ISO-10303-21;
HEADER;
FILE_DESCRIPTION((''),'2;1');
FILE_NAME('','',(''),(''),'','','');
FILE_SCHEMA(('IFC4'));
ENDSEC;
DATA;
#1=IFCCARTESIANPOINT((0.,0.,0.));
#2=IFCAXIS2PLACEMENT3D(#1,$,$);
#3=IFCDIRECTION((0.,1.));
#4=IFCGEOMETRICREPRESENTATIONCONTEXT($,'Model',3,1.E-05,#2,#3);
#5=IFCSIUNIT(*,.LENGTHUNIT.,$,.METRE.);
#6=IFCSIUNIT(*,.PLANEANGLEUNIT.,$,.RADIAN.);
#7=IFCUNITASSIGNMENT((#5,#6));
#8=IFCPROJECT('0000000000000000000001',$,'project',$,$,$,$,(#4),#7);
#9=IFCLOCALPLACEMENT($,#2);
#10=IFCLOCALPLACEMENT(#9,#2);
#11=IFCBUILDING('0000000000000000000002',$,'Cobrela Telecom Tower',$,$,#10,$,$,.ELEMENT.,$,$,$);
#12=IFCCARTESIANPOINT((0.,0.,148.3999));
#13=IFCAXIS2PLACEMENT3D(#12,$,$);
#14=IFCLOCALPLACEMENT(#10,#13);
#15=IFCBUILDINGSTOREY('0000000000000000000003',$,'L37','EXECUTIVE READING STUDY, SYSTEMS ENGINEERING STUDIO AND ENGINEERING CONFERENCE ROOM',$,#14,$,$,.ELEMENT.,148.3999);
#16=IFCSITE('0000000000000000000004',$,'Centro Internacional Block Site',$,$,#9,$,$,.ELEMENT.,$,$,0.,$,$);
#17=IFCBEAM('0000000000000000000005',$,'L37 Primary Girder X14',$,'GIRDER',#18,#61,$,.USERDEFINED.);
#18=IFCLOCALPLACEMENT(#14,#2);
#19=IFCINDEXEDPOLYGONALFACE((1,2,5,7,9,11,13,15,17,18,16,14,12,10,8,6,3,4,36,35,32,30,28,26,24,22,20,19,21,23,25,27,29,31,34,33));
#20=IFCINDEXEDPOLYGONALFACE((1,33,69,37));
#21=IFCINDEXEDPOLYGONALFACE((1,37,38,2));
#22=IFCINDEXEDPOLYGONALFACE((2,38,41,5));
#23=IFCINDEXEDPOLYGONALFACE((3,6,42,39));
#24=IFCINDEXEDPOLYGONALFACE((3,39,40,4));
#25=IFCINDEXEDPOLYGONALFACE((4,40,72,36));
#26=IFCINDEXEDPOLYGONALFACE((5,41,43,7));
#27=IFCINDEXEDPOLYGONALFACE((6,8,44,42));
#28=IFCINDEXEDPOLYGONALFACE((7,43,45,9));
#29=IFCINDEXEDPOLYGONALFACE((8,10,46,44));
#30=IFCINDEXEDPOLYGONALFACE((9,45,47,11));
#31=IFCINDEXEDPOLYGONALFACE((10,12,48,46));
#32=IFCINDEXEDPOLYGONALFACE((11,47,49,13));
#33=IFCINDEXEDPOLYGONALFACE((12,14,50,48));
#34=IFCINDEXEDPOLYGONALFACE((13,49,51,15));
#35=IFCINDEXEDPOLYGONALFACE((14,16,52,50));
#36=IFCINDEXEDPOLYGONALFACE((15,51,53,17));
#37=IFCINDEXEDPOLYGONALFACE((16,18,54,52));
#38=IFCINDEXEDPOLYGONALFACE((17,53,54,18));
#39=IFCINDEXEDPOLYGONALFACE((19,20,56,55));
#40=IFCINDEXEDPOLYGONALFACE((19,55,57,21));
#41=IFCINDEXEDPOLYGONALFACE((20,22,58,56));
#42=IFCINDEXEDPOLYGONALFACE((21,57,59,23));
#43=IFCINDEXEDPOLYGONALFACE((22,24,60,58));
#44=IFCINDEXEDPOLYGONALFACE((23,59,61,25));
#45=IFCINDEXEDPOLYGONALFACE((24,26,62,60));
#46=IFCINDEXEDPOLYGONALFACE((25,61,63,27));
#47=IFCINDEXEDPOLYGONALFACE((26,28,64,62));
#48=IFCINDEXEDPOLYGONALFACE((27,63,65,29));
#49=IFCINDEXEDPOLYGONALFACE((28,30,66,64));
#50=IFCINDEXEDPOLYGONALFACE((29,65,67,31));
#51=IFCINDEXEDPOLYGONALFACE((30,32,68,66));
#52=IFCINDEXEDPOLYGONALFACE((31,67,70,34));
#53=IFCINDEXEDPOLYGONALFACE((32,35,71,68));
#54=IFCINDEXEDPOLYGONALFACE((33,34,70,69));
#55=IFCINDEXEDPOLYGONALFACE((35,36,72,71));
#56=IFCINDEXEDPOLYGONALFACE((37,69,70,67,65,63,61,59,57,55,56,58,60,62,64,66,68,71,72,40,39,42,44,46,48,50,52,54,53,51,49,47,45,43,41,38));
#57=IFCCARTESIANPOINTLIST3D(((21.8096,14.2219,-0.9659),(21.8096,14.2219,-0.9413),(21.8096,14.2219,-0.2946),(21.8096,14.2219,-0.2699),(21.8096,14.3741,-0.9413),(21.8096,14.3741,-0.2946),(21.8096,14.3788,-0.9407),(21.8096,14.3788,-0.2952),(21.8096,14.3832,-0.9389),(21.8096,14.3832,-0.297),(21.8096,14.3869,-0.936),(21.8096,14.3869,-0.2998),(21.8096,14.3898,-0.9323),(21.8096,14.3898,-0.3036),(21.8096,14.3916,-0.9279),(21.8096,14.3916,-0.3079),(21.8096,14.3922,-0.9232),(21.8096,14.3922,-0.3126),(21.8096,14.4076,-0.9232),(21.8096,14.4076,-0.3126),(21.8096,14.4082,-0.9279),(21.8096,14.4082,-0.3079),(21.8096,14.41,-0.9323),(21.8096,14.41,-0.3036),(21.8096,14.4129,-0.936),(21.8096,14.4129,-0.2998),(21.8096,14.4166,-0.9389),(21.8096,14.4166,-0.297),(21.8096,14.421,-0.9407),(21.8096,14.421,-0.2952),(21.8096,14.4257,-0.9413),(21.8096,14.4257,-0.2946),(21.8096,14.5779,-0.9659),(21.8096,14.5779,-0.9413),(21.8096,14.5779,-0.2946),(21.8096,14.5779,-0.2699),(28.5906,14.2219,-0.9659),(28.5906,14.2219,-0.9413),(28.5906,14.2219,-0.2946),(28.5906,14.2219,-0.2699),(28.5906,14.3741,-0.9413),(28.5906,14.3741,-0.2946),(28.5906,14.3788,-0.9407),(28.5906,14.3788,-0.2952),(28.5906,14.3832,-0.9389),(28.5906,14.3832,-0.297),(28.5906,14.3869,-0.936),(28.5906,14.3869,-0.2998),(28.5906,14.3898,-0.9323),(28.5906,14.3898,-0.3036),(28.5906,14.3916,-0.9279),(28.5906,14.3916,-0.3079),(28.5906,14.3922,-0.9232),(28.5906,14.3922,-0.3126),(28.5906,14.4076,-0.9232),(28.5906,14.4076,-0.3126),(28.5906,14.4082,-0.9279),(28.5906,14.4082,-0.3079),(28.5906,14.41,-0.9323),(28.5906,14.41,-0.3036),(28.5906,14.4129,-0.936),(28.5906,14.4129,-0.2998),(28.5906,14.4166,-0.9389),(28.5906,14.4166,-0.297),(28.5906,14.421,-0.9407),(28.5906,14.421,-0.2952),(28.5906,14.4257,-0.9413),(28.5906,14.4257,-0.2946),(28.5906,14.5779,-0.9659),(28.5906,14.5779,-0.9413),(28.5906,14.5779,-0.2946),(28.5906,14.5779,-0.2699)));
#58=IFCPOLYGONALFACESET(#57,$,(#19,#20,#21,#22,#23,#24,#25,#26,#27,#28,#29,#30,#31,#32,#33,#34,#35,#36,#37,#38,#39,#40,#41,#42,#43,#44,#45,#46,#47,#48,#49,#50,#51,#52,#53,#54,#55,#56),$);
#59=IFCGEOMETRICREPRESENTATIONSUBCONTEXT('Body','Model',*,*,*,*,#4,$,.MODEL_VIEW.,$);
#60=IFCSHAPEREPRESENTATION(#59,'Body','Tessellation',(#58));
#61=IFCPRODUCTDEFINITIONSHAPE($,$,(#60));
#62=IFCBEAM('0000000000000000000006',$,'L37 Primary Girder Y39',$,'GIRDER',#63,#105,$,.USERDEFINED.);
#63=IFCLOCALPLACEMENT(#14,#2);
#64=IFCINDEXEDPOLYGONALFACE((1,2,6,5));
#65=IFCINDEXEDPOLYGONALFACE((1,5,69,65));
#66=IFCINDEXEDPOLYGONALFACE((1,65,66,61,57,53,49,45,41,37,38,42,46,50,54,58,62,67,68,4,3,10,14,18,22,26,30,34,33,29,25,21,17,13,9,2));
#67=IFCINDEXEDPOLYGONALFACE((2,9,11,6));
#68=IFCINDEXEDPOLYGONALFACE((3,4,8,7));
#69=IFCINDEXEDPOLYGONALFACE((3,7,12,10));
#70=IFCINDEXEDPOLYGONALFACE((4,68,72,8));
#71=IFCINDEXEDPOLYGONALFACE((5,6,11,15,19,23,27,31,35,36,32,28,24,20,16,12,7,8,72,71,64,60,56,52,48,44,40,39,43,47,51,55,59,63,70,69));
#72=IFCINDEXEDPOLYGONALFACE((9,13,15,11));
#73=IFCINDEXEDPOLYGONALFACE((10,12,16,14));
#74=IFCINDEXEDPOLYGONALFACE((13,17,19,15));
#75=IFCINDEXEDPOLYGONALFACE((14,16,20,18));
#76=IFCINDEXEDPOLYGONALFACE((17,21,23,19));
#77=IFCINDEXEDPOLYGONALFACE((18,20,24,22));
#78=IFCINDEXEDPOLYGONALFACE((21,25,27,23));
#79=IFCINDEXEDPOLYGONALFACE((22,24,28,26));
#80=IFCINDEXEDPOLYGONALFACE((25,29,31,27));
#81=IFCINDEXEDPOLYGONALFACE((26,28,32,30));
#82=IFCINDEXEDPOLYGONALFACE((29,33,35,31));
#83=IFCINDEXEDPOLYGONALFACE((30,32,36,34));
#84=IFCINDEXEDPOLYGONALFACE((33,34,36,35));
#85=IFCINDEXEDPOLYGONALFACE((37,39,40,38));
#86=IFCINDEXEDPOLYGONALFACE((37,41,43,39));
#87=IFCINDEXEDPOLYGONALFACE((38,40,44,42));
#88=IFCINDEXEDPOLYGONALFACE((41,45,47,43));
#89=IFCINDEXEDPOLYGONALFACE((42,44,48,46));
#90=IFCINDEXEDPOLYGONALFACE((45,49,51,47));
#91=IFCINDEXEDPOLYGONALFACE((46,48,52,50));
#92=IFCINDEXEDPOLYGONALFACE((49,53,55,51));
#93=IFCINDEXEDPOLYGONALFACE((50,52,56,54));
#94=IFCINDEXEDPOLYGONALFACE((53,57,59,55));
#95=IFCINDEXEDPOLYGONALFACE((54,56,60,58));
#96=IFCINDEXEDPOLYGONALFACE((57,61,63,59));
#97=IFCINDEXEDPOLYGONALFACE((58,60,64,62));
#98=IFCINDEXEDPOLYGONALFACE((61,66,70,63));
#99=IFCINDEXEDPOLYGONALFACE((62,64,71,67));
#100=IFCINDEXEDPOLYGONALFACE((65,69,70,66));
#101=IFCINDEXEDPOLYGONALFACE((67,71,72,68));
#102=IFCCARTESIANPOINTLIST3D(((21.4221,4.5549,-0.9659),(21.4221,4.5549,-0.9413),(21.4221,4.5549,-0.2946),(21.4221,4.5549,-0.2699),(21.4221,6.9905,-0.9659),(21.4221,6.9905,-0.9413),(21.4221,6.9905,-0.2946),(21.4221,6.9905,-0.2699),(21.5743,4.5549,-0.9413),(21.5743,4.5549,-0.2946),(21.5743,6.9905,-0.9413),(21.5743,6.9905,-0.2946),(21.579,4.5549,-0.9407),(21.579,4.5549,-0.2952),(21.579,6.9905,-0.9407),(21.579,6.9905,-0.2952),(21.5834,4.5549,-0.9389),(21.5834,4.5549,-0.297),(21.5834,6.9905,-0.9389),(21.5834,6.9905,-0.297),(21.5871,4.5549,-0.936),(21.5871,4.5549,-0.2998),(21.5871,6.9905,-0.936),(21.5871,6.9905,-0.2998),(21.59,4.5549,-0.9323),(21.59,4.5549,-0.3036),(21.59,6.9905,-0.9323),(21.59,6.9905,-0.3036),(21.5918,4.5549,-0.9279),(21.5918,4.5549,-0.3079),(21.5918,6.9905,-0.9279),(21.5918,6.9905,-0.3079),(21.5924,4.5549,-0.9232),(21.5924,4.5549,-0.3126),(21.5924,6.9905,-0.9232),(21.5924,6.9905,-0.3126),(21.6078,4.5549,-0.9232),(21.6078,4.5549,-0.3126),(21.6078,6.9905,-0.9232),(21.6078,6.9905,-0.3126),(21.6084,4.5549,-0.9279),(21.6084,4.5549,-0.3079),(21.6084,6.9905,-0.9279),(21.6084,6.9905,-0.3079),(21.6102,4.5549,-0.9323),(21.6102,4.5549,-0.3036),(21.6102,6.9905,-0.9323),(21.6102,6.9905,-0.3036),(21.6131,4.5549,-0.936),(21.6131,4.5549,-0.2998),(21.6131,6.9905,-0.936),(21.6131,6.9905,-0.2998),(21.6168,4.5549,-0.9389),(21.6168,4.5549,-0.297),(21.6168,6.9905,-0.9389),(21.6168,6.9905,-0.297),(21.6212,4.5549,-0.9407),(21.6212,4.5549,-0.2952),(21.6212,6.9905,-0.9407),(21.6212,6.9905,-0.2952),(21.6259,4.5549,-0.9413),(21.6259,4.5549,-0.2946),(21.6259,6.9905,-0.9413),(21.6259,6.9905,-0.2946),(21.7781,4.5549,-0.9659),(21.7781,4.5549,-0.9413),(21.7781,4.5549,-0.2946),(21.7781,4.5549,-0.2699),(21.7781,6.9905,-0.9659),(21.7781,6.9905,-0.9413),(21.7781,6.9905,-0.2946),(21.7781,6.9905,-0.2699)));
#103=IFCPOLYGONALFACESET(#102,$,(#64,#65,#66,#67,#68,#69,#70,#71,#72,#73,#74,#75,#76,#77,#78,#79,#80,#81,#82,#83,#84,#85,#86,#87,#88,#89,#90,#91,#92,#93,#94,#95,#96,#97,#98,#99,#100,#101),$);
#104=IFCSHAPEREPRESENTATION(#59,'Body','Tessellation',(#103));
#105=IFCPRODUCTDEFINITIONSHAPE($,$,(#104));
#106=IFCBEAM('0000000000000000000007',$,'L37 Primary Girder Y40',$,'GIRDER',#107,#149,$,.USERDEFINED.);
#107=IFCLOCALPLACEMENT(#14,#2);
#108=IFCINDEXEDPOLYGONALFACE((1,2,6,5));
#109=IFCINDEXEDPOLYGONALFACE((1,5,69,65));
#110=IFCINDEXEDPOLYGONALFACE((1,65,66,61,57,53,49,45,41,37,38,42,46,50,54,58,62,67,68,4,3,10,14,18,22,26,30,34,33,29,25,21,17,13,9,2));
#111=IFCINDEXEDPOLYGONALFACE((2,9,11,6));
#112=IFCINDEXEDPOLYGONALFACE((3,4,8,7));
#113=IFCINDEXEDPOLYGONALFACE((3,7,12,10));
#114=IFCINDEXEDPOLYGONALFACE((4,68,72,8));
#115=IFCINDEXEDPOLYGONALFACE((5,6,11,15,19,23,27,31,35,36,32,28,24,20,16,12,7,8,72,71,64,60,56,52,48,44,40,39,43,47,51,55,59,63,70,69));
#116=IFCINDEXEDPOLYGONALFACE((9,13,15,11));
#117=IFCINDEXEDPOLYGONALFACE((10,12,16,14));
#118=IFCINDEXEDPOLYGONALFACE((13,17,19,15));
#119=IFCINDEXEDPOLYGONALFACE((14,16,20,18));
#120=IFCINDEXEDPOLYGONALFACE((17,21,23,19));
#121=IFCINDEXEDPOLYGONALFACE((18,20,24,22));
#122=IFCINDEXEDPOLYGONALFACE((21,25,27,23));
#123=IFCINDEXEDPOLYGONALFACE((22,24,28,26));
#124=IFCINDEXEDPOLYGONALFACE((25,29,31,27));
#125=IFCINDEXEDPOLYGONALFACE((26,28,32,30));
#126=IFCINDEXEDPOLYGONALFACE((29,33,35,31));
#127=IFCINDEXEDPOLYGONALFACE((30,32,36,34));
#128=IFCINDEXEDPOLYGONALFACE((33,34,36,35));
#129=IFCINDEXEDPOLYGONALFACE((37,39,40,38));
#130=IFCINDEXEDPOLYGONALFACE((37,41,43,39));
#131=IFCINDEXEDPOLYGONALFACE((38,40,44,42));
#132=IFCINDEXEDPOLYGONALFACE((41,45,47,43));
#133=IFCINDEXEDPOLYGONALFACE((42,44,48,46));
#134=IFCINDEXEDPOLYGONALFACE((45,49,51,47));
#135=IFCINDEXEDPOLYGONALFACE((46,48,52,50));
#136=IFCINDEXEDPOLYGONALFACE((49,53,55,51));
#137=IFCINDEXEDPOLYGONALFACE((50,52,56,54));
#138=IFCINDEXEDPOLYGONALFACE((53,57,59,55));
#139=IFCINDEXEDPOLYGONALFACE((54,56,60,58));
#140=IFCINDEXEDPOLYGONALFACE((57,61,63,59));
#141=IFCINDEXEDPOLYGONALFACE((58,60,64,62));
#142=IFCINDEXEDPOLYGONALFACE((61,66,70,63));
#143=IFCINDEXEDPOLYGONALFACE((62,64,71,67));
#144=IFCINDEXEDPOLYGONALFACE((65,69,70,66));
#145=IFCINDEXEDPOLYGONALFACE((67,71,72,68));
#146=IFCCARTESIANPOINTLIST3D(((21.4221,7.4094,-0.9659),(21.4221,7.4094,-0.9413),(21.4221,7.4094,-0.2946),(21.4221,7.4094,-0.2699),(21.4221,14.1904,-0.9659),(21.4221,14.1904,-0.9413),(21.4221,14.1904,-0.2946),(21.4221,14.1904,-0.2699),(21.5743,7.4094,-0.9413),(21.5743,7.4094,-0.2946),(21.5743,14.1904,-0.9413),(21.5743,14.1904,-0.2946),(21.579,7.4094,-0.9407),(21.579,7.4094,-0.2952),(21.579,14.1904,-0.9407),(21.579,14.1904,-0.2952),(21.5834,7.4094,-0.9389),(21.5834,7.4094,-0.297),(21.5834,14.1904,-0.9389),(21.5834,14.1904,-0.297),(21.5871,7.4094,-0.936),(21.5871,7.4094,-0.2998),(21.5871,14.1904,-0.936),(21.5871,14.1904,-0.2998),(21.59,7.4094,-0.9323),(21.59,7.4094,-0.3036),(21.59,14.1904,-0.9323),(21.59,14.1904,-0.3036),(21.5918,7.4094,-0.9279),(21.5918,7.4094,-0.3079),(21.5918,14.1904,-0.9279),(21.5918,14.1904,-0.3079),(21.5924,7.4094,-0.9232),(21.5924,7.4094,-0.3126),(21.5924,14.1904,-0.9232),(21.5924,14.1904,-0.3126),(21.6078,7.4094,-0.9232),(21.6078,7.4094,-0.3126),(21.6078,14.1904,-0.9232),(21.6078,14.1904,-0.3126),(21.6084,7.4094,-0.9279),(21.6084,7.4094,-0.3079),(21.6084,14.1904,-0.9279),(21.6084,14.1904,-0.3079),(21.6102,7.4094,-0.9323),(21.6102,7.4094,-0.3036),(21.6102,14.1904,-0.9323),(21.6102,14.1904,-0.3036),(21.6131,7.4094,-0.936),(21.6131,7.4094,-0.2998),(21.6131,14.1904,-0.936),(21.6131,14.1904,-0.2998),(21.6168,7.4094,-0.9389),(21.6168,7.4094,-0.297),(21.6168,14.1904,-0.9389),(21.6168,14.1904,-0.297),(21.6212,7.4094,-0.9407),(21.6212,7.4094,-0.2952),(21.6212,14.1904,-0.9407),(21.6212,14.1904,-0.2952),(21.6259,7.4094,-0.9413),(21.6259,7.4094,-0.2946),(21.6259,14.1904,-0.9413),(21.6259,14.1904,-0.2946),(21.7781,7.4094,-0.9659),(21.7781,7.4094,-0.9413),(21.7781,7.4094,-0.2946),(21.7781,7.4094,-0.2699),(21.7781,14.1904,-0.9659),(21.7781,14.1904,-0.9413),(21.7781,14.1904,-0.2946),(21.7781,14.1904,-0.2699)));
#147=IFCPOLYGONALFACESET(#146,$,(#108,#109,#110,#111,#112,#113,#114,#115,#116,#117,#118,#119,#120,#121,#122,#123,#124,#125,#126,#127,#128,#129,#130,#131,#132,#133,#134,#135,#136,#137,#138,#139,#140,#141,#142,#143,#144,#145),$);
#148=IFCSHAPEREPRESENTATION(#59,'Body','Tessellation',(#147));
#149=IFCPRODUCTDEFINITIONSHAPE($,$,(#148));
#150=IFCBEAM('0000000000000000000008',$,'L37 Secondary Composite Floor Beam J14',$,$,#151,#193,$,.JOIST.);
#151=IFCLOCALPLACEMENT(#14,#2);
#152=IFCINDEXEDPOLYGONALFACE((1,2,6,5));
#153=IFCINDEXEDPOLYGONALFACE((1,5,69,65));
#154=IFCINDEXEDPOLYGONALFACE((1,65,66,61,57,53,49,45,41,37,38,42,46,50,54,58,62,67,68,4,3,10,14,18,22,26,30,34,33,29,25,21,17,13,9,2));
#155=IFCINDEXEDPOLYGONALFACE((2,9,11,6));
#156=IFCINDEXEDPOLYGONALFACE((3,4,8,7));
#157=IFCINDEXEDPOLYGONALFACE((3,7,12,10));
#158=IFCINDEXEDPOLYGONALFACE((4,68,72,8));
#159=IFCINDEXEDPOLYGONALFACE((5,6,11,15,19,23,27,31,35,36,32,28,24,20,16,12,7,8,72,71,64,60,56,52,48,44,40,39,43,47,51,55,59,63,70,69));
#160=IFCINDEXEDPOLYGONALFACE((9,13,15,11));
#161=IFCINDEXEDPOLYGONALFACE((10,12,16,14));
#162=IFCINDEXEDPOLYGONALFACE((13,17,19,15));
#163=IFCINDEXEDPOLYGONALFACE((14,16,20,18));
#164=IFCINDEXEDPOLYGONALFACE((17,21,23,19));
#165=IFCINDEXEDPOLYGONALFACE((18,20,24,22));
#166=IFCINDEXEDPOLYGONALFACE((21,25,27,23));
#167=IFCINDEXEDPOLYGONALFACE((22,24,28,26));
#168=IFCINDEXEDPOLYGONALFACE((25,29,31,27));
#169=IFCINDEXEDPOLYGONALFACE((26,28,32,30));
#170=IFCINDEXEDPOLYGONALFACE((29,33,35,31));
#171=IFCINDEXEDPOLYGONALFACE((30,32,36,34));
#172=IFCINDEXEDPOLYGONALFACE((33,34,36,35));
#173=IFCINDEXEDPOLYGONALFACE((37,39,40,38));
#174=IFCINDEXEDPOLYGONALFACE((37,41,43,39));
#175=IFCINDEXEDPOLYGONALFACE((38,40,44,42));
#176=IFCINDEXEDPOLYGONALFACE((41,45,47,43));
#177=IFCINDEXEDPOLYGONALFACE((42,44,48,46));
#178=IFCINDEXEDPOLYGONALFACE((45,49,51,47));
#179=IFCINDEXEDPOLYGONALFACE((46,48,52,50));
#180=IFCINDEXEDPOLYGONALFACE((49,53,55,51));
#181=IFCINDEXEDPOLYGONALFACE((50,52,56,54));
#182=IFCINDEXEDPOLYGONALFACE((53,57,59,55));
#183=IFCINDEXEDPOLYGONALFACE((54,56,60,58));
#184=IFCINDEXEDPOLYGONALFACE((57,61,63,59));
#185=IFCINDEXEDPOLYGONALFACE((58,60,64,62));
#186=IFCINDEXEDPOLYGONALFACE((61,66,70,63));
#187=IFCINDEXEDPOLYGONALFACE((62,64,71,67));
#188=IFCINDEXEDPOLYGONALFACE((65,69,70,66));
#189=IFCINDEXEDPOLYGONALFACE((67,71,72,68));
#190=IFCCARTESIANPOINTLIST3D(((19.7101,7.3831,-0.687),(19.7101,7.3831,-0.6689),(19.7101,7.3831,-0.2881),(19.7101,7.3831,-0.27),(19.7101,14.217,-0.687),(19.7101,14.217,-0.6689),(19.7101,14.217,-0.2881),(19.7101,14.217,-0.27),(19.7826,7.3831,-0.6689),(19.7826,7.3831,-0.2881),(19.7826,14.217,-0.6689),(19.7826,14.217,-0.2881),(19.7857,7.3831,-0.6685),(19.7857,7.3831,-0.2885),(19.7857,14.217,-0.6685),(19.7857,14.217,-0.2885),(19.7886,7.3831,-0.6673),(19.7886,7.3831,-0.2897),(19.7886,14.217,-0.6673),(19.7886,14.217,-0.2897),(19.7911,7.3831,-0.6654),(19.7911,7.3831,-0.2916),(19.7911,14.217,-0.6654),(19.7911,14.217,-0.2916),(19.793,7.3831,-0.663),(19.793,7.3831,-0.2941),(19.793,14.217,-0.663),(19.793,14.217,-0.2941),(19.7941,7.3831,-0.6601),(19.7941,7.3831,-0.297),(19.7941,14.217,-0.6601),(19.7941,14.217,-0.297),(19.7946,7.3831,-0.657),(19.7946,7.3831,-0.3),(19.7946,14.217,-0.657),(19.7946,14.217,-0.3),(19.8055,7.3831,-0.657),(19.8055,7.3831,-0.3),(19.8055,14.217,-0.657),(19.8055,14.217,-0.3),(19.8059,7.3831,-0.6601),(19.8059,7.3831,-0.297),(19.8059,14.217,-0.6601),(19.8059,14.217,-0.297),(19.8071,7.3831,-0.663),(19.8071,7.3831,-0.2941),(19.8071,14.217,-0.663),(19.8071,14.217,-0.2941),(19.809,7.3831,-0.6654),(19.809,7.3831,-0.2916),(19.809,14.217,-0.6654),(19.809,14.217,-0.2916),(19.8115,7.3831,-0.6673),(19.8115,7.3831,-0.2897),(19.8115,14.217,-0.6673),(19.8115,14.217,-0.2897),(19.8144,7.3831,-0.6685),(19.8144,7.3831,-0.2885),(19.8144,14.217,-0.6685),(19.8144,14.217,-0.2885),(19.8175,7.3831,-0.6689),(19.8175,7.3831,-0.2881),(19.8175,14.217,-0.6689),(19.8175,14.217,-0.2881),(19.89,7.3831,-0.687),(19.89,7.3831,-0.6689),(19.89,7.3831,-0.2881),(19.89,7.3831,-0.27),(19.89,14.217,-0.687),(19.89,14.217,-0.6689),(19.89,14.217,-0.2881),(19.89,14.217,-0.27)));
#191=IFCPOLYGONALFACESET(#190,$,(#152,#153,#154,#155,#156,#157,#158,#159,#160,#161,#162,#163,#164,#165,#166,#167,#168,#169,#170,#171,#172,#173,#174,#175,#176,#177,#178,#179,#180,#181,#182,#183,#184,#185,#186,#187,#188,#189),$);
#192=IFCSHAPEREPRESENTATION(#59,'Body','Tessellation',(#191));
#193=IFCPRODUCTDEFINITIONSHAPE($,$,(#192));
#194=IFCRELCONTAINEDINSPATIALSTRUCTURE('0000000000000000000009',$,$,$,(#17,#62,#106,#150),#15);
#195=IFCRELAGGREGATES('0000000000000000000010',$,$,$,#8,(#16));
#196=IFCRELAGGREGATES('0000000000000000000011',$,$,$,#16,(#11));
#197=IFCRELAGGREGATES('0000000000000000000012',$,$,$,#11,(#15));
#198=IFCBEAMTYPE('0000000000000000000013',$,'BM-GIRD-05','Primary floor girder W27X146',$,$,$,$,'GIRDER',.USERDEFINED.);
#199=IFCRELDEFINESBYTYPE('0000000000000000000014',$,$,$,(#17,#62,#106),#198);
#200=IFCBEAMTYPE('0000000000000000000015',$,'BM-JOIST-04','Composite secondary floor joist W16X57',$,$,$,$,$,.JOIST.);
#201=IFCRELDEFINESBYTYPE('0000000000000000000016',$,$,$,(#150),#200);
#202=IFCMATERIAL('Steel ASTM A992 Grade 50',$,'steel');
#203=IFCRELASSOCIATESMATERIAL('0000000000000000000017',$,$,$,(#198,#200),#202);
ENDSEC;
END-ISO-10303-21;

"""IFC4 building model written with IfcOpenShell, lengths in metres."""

from ifc_helpers import new_model, si_unit, direction, frame, origin, origin_2d, place, context, subcontext, project, spatial, i_section, extrude, material, material_profile, profile_set, type_object, element, save


model = new_model("IFC4")

# Units and contexts
model_context = context("Model", 3, precision=1e-05, world=origin(), true_north=direction((0.0, 1.0)))
body_context = subcontext(model_context, "Body", "Model", "MODEL_VIEW")
ifc_project = project(units=[si_unit("LENGTHUNIT", "METRE"), si_unit("PLANEANGLEUNIT", "RADIAN")], contexts=[model_context])

# Site, building, storey
site_placement = place(None, origin())
site = spatial("IfcSite", under=ifc_project, at=site_placement, Name="Centro Internacional Block Site", CompositionType="ELEMENT", RefElevation=0.0)
building_placement = place(site_placement, origin())
building = spatial("IfcBuilding", under=site, at=building_placement, Name="Cobrela Telecom Tower", CompositionType="ELEMENT")
storey_placement = place(building_placement, frame((0.0, 0.0, 148.3999)))
storey = spatial("IfcBuildingStorey", under=building, at=storey_placement, Name="L37", Description="EXECUTIVE READING STUDY, SYSTEMS ENGINEERING STUDIO AND ENGINEERING CONFERENCE ROOM", CompositionType="ELEMENT", Elevation=148.3999)

# Shared definitions
ifc_material_1 = material(Name="Steel ASTM A992 Grade 50", Category="steel")

# Beams
ifc_material_profile_1 = material_profile(ifc_material_1, i_section(OverallWidth=0.356, OverallDepth=0.696, WebThickness=0.0154, FlangeThickness=0.0247, FilletRadius=0.0181, at=origin_2d()), Name="W27X146")
ifc_profile_set_1 = profile_set([ifc_material_profile_1], Name="Steel ASTM A992 Grade 50")
beam_type_1 = type_object("IfcBeamType", Name="BM-GIRD-05", Description="Primary floor girder W27X146", ElementType="GIRDER", PredefinedType="USERDEFINED", material=ifc_profile_set_1)
for number, where, z_axis, x_axis, name in (
    (1, (21.8096, 14.3999, -0.6179), (1.0, 0.0, 0.0), (0.0, 1.0, 0.0), "L37 Primary Girder X14"),
):
    element("IfcBeam", number, at=place(storey_placement, frame(where, z_axis=z_axis, x_axis=x_axis)), inside=storey, type_object=beam_type_1, Name=name, ObjectType="GIRDER", PredefinedType="USERDEFINED", context=body_context, shape_type="SweptSolid", body=[
        extrude(i_section(OverallWidth=0.356, OverallDepth=0.696, WebThickness=0.0154, FlangeThickness=0.0247, FilletRadius=0.0181, at=origin_2d()), origin(), (0.0, 0.0, 1.0), 6.781),
    ])
beam_1_placement = place(storey_placement, frame((21.6001, 4.5549, -0.6179), z_axis=(0.0, 1.0, 0.0), x_axis=(-1.0, 0.0, 0.0)))
element("IfcBeam", 2, at=beam_1_placement, inside=storey, type_object=beam_type_1, Name="L37 Primary Girder Y39", ObjectType="GIRDER", PredefinedType="USERDEFINED", context=body_context, shape_type="SweptSolid", body=[
    extrude(i_section(OverallWidth=0.356, OverallDepth=0.696, WebThickness=0.0154, FlangeThickness=0.0247, FilletRadius=0.0181, at=origin_2d()), origin(), (0.0, 0.0, 1.0), 2.4355),
])
beam_2_placement = place(storey_placement, frame((21.6001, 7.4094, -0.6179), z_axis=(0.0, 1.0, 0.0), x_axis=(-1.0, 0.0, 0.0)))
element("IfcBeam", 3, at=beam_2_placement, inside=storey, type_object=beam_type_1, Name="L37 Primary Girder Y40", ObjectType="GIRDER", PredefinedType="USERDEFINED", context=body_context, shape_type="SweptSolid", body=[
    extrude(i_section(OverallWidth=0.356, OverallDepth=0.696, WebThickness=0.0154, FlangeThickness=0.0247, FilletRadius=0.0181, at=origin_2d()), origin(), (0.0, 0.0, 1.0), 6.781),
])
ifc_material_profile_2 = material_profile(ifc_material_1, i_section(OverallWidth=0.1799, OverallDepth=0.417, WebThickness=0.011, FlangeThickness=0.0181, FilletRadius=0.012, at=origin_2d()), Name="W16X57")
ifc_profile_set_2 = profile_set([ifc_material_profile_2], Name="Steel ASTM A992 Grade 50")
beam_type_2 = type_object("IfcBeamType", Name="BM-JOIST-04", Description="Composite secondary floor joist W16X57", PredefinedType="JOIST", material=ifc_profile_set_2)
for number, where, z_axis, x_axis, name in (
    (4, (19.8, 7.3831, -0.4785), (0.0, 1.0, 0.0), (-1.0, 0.0, 0.0), "L37 Secondary Composite Floor Beam J14"),
):
    element("IfcBeam", number, at=place(storey_placement, frame(where, z_axis=z_axis, x_axis=x_axis)), inside=storey, type_object=beam_type_2, Name=name, PredefinedType="JOIST", context=body_context, shape_type="SweptSolid", body=[
        extrude(i_section(OverallWidth=0.1799, OverallDepth=0.417, WebThickness=0.011, FlangeThickness=0.0181, FilletRadius=0.012, at=origin_2d()), origin(), (0.0, 0.0, 1.0), 6.834),
    ])

save(model, "model.ifc")
